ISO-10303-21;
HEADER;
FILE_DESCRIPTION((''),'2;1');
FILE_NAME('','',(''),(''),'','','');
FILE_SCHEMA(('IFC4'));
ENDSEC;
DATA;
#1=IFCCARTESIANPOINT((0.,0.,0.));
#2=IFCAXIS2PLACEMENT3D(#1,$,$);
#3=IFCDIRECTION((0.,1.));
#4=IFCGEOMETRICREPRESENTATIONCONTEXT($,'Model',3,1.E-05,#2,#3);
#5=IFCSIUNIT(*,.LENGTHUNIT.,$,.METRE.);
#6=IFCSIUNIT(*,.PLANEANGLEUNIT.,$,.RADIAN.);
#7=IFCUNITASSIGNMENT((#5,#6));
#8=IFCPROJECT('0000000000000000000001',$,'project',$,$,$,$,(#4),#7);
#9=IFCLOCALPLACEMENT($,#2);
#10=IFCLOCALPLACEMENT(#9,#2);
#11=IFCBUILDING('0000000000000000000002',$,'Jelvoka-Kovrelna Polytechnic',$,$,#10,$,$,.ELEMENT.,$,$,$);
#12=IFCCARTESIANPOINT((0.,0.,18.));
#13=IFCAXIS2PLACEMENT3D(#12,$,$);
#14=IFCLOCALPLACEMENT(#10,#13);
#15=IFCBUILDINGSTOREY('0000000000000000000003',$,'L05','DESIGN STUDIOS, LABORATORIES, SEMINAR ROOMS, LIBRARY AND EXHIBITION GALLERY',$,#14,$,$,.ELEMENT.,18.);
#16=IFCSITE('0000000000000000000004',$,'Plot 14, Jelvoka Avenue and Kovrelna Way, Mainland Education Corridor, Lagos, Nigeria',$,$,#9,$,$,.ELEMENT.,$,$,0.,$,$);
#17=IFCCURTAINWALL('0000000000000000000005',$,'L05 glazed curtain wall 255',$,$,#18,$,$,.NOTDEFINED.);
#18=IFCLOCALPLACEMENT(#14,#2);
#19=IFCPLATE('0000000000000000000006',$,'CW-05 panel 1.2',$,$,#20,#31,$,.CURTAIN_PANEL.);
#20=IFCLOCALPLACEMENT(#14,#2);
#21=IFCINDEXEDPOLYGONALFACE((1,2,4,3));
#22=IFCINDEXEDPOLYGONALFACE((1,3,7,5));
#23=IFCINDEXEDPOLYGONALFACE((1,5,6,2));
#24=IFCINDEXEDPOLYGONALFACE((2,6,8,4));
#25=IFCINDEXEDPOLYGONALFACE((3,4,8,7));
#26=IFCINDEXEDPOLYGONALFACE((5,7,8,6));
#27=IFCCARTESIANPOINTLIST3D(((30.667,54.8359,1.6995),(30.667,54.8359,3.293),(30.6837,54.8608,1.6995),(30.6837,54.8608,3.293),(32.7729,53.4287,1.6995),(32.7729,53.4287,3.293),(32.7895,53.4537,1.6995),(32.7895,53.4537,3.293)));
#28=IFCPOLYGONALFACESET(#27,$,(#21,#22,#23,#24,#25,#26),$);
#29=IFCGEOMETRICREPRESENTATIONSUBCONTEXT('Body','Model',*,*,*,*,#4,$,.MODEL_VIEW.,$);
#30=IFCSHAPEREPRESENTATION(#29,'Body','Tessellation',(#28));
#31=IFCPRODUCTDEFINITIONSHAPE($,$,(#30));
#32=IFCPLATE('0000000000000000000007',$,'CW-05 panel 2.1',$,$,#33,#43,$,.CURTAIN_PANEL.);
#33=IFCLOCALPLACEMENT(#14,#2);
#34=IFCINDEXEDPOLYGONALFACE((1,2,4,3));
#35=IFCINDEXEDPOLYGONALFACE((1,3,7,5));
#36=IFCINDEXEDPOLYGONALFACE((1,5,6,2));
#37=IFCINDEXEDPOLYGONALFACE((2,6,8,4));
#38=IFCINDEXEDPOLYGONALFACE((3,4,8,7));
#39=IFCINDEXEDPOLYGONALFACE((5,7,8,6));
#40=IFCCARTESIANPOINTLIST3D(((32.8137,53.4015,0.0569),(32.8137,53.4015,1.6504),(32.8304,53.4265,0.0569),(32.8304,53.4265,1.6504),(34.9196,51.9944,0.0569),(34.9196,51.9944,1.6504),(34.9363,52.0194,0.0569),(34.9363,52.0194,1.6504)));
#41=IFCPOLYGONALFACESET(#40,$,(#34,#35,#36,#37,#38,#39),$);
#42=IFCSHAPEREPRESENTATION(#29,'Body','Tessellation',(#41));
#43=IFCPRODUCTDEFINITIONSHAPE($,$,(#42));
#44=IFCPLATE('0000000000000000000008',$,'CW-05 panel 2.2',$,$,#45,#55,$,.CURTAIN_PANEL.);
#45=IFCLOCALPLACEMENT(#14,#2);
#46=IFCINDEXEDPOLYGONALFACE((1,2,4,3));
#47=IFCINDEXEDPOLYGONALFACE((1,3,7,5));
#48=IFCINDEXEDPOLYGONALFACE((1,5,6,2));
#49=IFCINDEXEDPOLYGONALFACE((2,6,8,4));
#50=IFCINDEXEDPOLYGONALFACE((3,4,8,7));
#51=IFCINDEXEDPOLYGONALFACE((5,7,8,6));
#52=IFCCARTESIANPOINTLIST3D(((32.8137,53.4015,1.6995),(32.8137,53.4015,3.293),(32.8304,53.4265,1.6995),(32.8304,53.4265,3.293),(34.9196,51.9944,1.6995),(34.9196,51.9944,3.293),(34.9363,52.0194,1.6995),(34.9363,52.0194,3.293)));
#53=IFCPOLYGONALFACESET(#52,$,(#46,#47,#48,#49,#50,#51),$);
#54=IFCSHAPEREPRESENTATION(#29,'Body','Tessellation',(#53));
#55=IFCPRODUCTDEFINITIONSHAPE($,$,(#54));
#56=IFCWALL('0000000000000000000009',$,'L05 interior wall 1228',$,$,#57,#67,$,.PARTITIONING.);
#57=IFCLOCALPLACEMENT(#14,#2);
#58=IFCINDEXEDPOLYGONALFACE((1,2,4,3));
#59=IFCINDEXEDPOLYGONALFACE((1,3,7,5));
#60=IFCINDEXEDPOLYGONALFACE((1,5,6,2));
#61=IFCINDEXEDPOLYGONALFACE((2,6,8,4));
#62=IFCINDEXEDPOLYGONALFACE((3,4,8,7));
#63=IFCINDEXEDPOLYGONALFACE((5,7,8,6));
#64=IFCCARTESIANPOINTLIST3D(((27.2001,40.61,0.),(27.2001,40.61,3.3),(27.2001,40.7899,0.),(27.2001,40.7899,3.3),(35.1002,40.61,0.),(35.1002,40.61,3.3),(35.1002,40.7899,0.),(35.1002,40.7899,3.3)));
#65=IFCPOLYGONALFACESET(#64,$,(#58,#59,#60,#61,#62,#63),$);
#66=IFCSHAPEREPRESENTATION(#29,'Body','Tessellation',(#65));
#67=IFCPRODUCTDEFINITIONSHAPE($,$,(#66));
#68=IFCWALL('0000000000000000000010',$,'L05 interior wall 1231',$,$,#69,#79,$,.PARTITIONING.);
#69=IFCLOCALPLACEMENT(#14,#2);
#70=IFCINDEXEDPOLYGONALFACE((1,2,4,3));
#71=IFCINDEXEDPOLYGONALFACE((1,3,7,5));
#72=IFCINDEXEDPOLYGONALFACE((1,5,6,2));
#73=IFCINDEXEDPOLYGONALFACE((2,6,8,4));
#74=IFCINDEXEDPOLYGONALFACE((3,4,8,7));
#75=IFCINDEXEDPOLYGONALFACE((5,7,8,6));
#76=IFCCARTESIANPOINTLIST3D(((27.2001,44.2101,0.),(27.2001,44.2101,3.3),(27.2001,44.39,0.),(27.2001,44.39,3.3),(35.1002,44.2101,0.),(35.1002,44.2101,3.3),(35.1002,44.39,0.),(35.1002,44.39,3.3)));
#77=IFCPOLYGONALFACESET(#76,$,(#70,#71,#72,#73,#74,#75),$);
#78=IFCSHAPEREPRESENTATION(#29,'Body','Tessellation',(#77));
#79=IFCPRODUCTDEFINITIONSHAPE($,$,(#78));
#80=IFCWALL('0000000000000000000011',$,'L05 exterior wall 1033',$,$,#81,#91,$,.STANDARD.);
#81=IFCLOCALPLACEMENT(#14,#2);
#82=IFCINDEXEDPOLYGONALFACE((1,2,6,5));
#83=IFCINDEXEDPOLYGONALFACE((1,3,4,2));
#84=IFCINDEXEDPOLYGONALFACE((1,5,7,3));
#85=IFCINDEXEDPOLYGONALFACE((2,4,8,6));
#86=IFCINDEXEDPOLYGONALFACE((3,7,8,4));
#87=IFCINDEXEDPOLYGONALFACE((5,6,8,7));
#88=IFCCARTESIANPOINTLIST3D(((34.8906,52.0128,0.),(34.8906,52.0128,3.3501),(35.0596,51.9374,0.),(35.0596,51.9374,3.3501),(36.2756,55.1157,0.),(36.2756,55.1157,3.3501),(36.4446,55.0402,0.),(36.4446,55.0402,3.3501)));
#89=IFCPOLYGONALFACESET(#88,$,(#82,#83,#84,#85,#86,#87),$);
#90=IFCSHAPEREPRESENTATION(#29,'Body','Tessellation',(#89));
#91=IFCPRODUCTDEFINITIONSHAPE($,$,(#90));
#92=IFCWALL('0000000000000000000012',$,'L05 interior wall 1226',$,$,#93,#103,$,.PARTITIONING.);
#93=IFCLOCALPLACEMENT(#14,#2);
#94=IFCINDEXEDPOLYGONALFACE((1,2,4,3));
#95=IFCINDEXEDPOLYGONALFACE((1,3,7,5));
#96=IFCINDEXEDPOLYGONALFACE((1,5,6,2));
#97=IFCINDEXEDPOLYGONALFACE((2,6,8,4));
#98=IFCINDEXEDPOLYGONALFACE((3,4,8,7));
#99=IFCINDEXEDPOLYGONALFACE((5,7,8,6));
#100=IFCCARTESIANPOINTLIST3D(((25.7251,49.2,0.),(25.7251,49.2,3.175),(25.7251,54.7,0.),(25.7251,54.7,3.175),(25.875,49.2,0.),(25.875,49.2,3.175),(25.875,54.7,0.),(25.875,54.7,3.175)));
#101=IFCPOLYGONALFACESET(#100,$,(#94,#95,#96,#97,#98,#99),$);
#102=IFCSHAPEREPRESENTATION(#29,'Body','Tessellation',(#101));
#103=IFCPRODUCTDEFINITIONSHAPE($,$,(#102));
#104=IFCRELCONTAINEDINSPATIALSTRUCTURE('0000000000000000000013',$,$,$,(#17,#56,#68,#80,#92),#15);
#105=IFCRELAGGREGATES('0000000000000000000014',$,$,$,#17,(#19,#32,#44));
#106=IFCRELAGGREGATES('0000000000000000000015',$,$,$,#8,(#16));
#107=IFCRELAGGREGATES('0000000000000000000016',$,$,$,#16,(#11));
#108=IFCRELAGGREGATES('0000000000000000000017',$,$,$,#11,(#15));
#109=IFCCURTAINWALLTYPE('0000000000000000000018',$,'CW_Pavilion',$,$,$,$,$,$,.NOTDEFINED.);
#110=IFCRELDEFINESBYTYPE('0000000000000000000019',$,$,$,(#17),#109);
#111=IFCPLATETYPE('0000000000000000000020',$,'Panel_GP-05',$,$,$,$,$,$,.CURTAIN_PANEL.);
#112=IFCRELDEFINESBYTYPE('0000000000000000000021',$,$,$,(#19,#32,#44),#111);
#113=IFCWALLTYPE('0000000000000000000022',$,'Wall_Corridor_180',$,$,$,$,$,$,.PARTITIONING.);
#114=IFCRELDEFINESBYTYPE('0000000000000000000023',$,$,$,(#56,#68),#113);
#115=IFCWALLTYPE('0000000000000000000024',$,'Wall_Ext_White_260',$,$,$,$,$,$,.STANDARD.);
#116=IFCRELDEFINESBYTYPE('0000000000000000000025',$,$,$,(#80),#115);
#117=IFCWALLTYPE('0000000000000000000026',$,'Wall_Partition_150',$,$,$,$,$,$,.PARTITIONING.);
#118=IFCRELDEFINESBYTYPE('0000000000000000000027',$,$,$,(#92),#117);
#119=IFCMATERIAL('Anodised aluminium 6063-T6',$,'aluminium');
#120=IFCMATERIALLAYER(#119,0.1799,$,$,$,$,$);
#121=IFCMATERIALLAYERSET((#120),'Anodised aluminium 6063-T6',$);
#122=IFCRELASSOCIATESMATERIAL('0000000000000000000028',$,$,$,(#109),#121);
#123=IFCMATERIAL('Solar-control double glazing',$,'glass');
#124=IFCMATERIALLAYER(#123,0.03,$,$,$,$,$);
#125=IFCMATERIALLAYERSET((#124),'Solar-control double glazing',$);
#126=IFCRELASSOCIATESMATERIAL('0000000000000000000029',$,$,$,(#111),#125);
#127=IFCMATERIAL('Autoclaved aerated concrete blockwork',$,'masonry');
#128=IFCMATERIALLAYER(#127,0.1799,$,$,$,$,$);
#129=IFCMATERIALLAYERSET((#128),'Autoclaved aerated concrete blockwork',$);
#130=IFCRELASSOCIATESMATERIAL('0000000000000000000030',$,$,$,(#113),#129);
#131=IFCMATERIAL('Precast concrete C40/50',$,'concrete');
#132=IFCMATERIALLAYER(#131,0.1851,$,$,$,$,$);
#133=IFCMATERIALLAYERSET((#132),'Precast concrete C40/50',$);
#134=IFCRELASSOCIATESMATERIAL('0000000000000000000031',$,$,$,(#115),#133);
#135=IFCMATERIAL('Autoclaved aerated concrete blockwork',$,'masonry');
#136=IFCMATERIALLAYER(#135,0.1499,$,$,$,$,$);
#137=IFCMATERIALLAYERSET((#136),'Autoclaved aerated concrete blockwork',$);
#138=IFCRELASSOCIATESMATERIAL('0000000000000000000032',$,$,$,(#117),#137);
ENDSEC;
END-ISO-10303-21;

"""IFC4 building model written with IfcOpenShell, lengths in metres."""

from ifc_helpers import new_model, si_unit, direction, frame, frame_2d, origin, origin_2d, place, context, subcontext, project, spatial, rectangle, extrude, material, layer, layer_set, type_object, element, aggregate, save


model = new_model("IFC4")

# Units and contexts
model_context = context("Model", 3, precision=1e-05, world=origin(), true_north=direction((0.0, 1.0)))
body_context = subcontext(model_context, "Body", "Model", "MODEL_VIEW")
ifc_project = project(units=[si_unit("LENGTHUNIT", "METRE"), si_unit("PLANEANGLEUNIT", "RADIAN")], contexts=[model_context])

# Site, building, storey
site_placement = place(None, origin())
site = spatial("IfcSite", under=ifc_project, at=site_placement, Name="Plot 14, Jelvoka Avenue and Kovrelna Way, Mainland Education Corridor, Lagos, Nigeria", CompositionType="ELEMENT", RefElevation=0.0)
building_placement = place(site_placement, origin())
building = spatial("IfcBuilding", under=site, at=building_placement, Name="Jelvoka-Kovrelna Polytechnic", CompositionType="ELEMENT")
storey_placement = place(building_placement, frame((0.0, 0.0, 18.0)))
storey = spatial("IfcBuildingStorey", under=building, at=storey_placement, Name="L05", Description="DESIGN STUDIOS, LABORATORIES, SEMINAR ROOMS, LIBRARY AND EXHIBITION GALLERY", CompositionType="ELEMENT", Elevation=18.0)

# Curtain wall
ifc_material_1 = material(Name="Anodised aluminium 6063-T6", Category="aluminium")
ifc_layer_1 = layer(ifc_material_1, 0.1799)
ifc_layer_set_1 = layer_set([ifc_layer_1], Name="Anodised aluminium 6063-T6")
curtain_wall_type = type_object("IfcCurtainWallType", Name="CW_Pavilion", PredefinedType="NOTDEFINED", material=ifc_layer_set_1)
curtain_wall_1_placement = place(storey_placement, origin())
curtain_wall_1 = element("IfcCurtainWall", 1, at=curtain_wall_1_placement, inside=storey, type_object=curtain_wall_type, Name="L05 glazed curtain wall 255", PredefinedType="NOTDEFINED")

# Plates
ifc_material_2 = material(Name="Solar-control double glazing", Category="glass")
ifc_layer_2 = layer(ifc_material_2, 0.03)
ifc_layer_set_2 = layer_set([ifc_layer_2], Name="Solar-control double glazing")
plate_type = type_object("IfcPlateType", Name="Panel_GP-05", PredefinedType="CURTAIN_PANEL", material=ifc_layer_set_2)
plate_1_placement = place(storey_placement, frame((31.7283, 54.1448, 1.6995), z_axis=(0.0, 0.0, 1.0), x_axis=(0.831461, -0.555583, 0.0)))
plate_1 = element("IfcPlate", 2, at=plate_1_placement, type_object=plate_type, Name="CW-05 panel 1.2", PredefinedType="CURTAIN_PANEL", context=body_context, shape_type="SweptSolid", body=[
    extrude(rectangle(XDim=2.5327, YDim=0.03, at=origin_2d()), origin(), (0.0, 0.0, 1.0), 1.5935),
])
plate_2_placement = place(storey_placement, frame((33.875, 52.7104, 0.0569), z_axis=(0.0, 0.0, 1.0), x_axis=(0.831461, -0.555583, 0.0)))
plate_2 = element("IfcPlate", 3, at=plate_2_placement, type_object=plate_type, Name="CW-05 panel 2.1", PredefinedType="CURTAIN_PANEL", context=body_context, shape_type="SweptSolid", body=[
    extrude(rectangle(XDim=2.5327, YDim=0.03, at=origin_2d()), origin(), (0.0, 0.0, 1.0), 1.5935),
])
plate_3_placement = place(storey_placement, frame((33.875, 52.7104, 1.6995), z_axis=(0.0, 0.0, 1.0), x_axis=(0.831461, -0.555583, 0.0)))
plate_3 = element("IfcPlate", 4, at=plate_3_placement, type_object=plate_type, Name="CW-05 panel 2.2", PredefinedType="CURTAIN_PANEL", context=body_context, shape_type="SweptSolid", body=[
    extrude(rectangle(XDim=2.5327, YDim=0.03, at=origin_2d()), origin(), (0.0, 0.0, 1.0), 1.5935),
])
aggregate(curtain_wall_1, [plate_1, plate_2, plate_3])

# Walls
ifc_material_3 = material(Name="Autoclaved aerated concrete blockwork", Category="masonry")
ifc_layer_3 = layer(ifc_material_3, 0.1799)
ifc_layer_set_3 = layer_set([ifc_layer_3], Name="Autoclaved aerated concrete blockwork")
wall_type_1 = type_object("IfcWallType", Name="Wall_Corridor_180", PredefinedType="PARTITIONING", material=ifc_layer_set_3)
for number, where, z_axis, x_axis, name in (
    (5, (27.2, 40.7, 0.0), (0.0, 0.0, 1.0), (1.0, 0.0, 0.0), "L05 interior wall 1228"),
    (6, (27.2, 44.3, 0.0), (0.0, 0.0, 1.0), (1.0, 0.0, 0.0), "L05 interior wall 1231"),
):
    element("IfcWall", number, at=place(storey_placement, frame(where, z_axis=z_axis, x_axis=x_axis)), inside=storey, type_object=wall_type_1, Name=name, PredefinedType="PARTITIONING", context=body_context, shape_type="SweptSolid", body=[
        extrude(rectangle(XDim=7.9001, YDim=0.1799, at=frame_2d((3.9502, 0.0))), origin(), (0.0, 0.0, 1.0), 3.3),
    ])
ifc_material_4 = material(Name="Precast concrete C40/50", Category="concrete")
ifc_layer_4 = layer(ifc_material_4, 0.1851)
ifc_layer_set_4 = layer_set([ifc_layer_4], Name="Precast concrete C40/50")
wall_type_2 = type_object("IfcWallType", Name="Wall_Ext_White_260", PredefinedType="STANDARD", material=ifc_layer_set_4)
wall_1_placement = place(storey_placement, frame((34.9751, 51.9751, 0.0), z_axis=(0.0, 0.0, 1.0), x_axis=(0.407611, 0.913156, 0.0)))
element("IfcWall", 7, at=wall_1_placement, inside=storey, type_object=wall_type_2, Name="L05 exterior wall 1033", PredefinedType="STANDARD", context=body_context, shape_type="SweptSolid", body=[
    extrude(rectangle(XDim=3.3979, YDim=0.1851, at=frame_2d((1.699, 0.0))), origin(), (0.0, 0.0, 1.0), 3.3501),
])
ifc_material_5 = material(Name="Autoclaved aerated concrete blockwork", Category="masonry")
ifc_layer_5 = layer(ifc_material_5, 0.1499)
ifc_layer_set_5 = layer_set([ifc_layer_5], Name="Autoclaved aerated concrete blockwork")
wall_type_3 = type_object("IfcWallType", Name="Wall_Partition_150", PredefinedType="PARTITIONING", material=ifc_layer_set_5)
wall_2_placement = place(storey_placement, frame((25.8, 49.2, 0.0), z_axis=(0.0, 0.0, 1.0), x_axis=(0.0, 1.0, 0.0)))
element("IfcWall", 8, at=wall_2_placement, inside=storey, type_object=wall_type_3, Name="L05 interior wall 1226", PredefinedType="PARTITIONING", context=body_context, shape_type="SweptSolid", body=[
    extrude(rectangle(XDim=5.5, YDim=0.1499, at=frame_2d((2.75, 0.0))), origin(), (0.0, 0.0, 1.0), 3.175),
])

save(model, "model.ifc")
